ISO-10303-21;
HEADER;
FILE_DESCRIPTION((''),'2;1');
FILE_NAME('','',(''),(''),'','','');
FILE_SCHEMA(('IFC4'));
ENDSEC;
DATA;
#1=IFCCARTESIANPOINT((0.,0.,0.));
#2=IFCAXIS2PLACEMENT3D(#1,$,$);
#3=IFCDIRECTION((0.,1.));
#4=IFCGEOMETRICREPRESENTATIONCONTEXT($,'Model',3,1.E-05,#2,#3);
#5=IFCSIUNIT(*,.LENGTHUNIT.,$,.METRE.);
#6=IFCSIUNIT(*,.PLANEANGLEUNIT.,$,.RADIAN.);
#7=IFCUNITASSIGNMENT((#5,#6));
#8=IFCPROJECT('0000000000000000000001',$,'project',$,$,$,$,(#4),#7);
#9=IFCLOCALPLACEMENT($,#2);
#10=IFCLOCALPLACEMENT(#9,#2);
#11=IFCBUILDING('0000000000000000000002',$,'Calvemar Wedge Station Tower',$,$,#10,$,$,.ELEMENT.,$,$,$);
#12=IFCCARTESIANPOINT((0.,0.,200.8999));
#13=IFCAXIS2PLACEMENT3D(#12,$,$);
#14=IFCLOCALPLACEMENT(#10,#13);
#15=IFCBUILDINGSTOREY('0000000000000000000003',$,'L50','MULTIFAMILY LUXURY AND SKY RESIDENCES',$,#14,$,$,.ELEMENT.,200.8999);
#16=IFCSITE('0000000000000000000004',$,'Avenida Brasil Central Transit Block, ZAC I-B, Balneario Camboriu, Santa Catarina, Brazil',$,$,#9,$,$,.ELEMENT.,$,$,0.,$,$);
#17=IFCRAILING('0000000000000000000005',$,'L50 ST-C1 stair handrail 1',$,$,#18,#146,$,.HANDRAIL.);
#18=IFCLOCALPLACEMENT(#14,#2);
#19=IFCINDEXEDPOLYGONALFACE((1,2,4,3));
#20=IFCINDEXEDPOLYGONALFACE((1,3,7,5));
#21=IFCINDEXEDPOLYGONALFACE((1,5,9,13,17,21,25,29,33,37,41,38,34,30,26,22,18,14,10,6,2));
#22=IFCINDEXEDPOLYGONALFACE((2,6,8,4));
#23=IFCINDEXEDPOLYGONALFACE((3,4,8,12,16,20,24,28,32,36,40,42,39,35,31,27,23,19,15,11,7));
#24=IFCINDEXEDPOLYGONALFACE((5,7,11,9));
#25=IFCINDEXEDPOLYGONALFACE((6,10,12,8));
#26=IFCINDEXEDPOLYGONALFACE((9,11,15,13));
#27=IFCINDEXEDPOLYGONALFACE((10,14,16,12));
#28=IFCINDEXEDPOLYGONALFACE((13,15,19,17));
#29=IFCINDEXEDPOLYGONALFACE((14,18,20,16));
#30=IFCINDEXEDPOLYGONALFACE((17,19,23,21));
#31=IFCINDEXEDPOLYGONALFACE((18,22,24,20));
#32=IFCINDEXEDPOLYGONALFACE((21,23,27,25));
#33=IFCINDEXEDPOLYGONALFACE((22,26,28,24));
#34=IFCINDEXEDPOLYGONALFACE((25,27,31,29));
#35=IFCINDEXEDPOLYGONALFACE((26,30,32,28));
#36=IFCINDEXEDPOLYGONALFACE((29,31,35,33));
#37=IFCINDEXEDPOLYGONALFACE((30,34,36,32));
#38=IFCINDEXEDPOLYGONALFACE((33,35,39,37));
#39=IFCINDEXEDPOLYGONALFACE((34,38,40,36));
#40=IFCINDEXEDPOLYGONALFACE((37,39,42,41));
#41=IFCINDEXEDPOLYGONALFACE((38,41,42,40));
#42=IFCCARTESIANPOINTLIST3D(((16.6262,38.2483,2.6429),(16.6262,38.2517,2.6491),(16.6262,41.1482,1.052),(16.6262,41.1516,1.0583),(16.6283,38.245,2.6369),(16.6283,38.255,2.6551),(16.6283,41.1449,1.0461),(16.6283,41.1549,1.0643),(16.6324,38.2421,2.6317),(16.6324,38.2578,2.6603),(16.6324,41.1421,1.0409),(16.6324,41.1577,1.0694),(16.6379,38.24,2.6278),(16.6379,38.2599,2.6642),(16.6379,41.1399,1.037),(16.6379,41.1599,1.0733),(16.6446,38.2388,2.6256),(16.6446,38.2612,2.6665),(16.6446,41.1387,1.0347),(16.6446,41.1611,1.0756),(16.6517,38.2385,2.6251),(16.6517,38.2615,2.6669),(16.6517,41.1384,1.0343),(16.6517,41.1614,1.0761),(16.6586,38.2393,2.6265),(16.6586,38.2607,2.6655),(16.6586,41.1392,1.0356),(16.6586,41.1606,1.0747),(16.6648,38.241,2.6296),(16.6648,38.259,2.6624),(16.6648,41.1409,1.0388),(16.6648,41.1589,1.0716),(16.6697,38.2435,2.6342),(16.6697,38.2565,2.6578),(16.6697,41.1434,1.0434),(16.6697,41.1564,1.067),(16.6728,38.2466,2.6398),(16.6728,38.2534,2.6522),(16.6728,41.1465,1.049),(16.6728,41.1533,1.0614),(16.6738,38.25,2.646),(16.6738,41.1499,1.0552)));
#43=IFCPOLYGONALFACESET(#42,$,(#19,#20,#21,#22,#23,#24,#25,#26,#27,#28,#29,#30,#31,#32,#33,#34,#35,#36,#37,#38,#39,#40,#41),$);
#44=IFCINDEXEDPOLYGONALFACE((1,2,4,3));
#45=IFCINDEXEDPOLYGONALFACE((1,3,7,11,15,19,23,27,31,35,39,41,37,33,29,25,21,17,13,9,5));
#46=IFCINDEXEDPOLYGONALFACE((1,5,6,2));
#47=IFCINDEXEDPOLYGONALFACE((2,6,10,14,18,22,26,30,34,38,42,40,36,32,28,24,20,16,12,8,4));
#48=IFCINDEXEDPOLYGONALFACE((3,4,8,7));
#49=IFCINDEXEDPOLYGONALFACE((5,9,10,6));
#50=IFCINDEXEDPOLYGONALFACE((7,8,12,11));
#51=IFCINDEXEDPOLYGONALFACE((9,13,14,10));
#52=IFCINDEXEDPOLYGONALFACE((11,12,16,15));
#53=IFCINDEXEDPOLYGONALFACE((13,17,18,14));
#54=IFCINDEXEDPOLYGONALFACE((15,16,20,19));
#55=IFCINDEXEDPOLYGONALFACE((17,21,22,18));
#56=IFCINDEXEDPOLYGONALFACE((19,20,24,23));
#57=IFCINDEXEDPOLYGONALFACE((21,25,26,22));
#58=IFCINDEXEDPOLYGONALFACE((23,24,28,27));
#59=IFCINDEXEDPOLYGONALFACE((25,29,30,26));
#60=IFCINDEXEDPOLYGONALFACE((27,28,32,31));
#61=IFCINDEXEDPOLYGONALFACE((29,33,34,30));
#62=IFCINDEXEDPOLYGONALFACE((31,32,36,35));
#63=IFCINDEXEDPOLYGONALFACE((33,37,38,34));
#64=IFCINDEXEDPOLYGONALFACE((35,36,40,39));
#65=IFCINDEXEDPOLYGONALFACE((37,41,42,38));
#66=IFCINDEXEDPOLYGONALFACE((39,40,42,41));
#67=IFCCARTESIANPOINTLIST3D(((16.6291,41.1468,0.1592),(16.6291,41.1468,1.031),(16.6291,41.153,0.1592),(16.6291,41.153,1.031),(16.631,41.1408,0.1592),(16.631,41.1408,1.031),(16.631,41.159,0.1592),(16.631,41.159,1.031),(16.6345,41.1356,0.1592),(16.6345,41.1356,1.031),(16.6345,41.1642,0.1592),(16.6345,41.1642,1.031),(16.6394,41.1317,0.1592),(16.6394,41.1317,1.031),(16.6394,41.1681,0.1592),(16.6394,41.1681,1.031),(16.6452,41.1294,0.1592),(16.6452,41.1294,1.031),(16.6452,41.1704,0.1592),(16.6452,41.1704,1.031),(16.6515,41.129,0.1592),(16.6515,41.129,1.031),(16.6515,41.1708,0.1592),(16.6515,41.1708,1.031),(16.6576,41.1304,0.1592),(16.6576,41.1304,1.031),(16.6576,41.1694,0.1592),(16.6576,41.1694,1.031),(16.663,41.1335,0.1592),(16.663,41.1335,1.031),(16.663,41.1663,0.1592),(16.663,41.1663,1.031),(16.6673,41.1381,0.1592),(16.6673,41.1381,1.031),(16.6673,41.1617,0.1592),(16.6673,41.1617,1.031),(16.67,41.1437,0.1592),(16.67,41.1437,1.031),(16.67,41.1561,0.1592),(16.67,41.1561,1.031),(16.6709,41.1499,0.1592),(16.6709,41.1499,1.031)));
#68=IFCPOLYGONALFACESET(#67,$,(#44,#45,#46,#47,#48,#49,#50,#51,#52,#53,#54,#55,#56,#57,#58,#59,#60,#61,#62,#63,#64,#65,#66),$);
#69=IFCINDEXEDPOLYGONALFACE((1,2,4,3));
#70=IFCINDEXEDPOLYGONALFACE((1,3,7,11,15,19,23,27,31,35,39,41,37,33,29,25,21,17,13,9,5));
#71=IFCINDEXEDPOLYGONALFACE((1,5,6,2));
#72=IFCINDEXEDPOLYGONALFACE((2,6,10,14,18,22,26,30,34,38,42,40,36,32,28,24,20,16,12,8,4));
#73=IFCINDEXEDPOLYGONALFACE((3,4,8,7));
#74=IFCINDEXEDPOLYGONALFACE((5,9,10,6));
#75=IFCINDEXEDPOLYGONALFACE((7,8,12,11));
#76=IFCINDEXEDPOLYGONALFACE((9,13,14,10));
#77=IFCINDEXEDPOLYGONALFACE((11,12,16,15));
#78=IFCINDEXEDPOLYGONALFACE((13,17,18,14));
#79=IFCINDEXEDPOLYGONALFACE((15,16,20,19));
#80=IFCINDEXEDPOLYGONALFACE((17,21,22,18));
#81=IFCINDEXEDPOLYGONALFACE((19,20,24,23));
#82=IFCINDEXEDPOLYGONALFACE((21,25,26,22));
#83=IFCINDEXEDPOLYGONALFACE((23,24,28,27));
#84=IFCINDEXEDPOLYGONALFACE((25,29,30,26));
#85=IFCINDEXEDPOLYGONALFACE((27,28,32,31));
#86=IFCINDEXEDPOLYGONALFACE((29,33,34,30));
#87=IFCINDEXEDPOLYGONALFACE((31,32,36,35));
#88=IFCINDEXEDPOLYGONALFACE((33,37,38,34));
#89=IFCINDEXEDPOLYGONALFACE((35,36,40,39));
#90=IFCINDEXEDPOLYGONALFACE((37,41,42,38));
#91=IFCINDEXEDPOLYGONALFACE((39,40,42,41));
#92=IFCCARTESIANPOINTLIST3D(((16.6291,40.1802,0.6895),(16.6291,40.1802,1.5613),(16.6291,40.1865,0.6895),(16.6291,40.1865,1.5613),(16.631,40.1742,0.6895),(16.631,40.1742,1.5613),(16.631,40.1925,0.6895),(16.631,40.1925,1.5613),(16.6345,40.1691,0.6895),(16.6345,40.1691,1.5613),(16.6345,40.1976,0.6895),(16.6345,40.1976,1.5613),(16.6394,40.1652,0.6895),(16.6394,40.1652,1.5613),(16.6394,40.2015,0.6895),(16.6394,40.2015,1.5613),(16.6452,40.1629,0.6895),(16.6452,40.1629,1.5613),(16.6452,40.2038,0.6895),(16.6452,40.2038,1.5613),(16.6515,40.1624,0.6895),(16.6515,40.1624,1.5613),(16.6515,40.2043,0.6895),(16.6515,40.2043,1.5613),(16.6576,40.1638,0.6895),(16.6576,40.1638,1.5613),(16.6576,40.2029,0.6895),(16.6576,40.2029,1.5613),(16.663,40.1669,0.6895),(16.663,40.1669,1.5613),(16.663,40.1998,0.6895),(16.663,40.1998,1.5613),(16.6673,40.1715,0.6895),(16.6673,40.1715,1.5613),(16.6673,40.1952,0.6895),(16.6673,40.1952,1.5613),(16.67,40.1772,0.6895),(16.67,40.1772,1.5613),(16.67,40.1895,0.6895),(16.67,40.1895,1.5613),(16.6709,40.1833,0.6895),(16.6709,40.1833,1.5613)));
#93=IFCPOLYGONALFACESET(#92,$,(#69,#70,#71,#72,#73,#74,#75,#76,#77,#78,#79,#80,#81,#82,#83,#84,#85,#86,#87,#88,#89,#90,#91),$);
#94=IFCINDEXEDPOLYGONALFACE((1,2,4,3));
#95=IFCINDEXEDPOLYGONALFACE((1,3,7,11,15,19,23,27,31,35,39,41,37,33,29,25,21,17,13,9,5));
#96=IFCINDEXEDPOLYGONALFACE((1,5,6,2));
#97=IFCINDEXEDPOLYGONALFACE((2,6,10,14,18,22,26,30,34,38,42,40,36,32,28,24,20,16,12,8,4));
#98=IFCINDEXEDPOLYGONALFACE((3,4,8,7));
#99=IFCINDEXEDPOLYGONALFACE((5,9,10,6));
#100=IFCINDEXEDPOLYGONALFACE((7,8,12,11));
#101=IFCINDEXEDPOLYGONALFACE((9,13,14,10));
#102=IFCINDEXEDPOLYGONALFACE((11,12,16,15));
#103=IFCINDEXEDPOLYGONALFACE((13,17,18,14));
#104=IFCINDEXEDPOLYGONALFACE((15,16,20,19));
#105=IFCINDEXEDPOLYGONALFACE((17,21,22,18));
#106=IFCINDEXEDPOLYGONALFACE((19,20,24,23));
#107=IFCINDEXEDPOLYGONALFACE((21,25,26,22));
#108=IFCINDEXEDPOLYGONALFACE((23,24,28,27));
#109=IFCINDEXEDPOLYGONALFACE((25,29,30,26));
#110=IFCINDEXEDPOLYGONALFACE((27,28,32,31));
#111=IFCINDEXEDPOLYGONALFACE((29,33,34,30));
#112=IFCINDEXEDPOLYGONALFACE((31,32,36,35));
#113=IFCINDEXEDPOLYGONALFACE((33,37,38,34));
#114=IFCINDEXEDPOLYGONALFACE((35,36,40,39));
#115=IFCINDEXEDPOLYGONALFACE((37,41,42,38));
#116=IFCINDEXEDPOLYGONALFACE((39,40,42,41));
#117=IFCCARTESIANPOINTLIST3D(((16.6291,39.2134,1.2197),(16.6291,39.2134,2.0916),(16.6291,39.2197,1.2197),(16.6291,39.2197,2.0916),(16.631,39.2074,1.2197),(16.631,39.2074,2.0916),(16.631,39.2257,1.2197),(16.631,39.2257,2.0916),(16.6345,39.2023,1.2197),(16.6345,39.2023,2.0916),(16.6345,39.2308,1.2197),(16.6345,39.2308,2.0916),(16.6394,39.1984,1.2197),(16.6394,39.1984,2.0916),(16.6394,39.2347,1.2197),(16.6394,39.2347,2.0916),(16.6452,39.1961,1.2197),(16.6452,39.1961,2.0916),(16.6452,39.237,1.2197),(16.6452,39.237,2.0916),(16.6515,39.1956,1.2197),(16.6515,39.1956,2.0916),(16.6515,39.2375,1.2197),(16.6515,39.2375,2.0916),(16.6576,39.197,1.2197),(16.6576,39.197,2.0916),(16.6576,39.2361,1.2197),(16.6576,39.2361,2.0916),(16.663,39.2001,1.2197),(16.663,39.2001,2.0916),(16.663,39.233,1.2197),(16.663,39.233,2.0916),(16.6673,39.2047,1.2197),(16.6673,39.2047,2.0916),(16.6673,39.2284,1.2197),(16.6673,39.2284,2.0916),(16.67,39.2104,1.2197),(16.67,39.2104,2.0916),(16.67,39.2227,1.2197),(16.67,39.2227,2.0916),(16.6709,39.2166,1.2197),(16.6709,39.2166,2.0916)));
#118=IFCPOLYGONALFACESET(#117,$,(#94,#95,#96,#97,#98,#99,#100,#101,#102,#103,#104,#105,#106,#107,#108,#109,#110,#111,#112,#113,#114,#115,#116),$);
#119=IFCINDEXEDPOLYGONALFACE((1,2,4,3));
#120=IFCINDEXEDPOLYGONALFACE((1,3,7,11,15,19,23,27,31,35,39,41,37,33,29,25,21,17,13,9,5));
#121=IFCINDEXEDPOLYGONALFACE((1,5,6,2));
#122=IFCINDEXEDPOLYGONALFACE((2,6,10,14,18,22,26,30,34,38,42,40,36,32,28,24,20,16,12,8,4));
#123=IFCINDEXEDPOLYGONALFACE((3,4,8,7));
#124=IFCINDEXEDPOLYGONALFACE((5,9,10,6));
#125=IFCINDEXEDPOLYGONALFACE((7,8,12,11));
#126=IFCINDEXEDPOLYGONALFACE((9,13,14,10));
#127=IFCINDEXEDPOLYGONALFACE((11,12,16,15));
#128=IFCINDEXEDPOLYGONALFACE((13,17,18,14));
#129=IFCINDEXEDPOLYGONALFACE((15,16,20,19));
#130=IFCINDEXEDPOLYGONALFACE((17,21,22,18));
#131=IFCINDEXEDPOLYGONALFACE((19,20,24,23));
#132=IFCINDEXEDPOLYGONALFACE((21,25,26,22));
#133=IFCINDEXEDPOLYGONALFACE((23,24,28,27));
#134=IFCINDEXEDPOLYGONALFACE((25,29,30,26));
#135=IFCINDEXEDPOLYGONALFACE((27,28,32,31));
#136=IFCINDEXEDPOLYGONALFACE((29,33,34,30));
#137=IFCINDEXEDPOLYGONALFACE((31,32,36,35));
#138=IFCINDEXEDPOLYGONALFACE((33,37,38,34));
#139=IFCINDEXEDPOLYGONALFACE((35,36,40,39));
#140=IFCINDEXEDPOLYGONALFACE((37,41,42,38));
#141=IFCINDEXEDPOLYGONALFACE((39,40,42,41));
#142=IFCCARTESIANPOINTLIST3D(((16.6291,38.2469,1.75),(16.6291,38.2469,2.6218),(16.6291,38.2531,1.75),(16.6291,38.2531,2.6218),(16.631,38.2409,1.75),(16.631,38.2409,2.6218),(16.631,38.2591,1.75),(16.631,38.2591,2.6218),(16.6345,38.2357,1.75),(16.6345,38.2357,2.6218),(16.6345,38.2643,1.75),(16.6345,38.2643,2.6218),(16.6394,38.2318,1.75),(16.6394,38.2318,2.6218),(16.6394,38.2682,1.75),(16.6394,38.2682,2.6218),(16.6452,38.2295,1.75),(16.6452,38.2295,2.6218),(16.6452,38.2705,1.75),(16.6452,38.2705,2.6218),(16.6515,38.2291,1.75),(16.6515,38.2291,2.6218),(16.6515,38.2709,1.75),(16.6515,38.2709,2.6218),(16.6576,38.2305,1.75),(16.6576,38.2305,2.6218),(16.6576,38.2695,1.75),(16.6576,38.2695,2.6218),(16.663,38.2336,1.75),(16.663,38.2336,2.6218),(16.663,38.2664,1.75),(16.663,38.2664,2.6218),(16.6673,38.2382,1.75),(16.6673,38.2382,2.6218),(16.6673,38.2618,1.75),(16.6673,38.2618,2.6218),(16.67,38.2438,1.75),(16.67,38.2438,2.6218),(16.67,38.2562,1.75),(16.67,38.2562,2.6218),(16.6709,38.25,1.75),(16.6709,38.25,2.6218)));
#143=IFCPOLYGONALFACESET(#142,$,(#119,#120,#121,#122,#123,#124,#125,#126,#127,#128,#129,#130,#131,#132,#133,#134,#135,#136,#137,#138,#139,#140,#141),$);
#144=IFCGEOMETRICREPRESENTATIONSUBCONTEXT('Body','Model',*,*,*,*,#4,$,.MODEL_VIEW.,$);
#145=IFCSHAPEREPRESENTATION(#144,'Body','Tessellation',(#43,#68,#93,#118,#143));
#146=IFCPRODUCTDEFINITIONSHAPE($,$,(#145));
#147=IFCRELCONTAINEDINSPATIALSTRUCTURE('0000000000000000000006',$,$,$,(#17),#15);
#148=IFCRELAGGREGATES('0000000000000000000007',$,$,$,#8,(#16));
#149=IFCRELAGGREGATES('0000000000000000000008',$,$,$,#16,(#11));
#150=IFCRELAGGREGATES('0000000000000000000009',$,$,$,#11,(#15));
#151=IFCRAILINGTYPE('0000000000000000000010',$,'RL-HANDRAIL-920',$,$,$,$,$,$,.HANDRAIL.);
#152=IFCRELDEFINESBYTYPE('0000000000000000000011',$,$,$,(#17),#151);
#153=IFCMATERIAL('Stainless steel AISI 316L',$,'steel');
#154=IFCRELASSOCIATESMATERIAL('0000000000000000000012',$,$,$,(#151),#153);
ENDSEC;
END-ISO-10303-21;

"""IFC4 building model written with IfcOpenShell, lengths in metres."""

from ifc_helpers import new_model, si_unit, direction, frame, origin, origin_2d, place, context, subcontext, project, spatial, circle, extrude, material, type_object, element, save


model = new_model("IFC4")

# Units and contexts
model_context = context("Model", 3, precision=1e-05, world=origin(), true_north=direction((0.0, 1.0)))
body_context = subcontext(model_context, "Body", "Model", "MODEL_VIEW")
ifc_project = project(units=[si_unit("LENGTHUNIT", "METRE"), si_unit("PLANEANGLEUNIT", "RADIAN")], contexts=[model_context])

# Site, building, storey
site_placement = place(None, origin())
site = spatial("IfcSite", under=ifc_project, at=site_placement, Name="Avenida Brasil Central Transit Block, ZAC I-B, Balneario Camboriu, Santa Catarina, Brazil", CompositionType="ELEMENT", RefElevation=0.0)
building_placement = place(site_placement, origin())
building = spatial("IfcBuilding", under=site, at=building_placement, Name="Calvemar Wedge Station Tower", CompositionType="ELEMENT")
storey_placement = place(building_placement, frame((0.0, 0.0, 200.8999)))
storey = spatial("IfcBuildingStorey", under=building, at=storey_placement, Name="L50", Description="MULTIFAMILY LUXURY AND SKY RESIDENCES", CompositionType="ELEMENT", Elevation=200.8999)

# Railing
ifc_material_1 = material(Name="Stainless steel AISI 316L", Category="steel")
railing_type_1 = type_object("IfcRailingType", Name="RL-HANDRAIL-920", PredefinedType="HANDRAIL", material=ifc_material_1)
railing_1_placement = place(storey_placement, frame((16.6499, 41.1499, 0.1592)))
element("IfcRailing", 1, at=railing_1_placement, inside=storey, type_object=railing_type_1, Name="L50 ST-C1 stair handrail 1", PredefinedType="HANDRAIL", context=body_context, shape_type="SweptSolid", body=[
    extrude(circle(Radius=0.0239, at=origin_2d()), frame((0.0, 0.0, 0.896), z_axis=(0.0, -0.876742, 0.480961), x_axis=(1.0, 0.0, 0.0)), (0.0, 0.0, 1.0), 3.3076),
    extrude(circle(Radius=0.021, at=origin_2d()), origin(), (0.0, 0.0, 1.0), 0.8718),
    extrude(circle(Radius=0.021, at=origin_2d()), frame((0.0, -0.9666, 0.5303)), (0.0, 0.0, 1.0), 0.8718),
    extrude(circle(Radius=0.021, at=origin_2d()), frame((0.0, -1.9333, 1.0605)), (0.0, 0.0, 1.0), 0.8718),
    extrude(circle(Radius=0.021, at=origin_2d()), frame((0.0, -2.8999, 1.5908)), (0.0, 0.0, 1.0), 0.8718),
])

save(model, "model.ifc")
